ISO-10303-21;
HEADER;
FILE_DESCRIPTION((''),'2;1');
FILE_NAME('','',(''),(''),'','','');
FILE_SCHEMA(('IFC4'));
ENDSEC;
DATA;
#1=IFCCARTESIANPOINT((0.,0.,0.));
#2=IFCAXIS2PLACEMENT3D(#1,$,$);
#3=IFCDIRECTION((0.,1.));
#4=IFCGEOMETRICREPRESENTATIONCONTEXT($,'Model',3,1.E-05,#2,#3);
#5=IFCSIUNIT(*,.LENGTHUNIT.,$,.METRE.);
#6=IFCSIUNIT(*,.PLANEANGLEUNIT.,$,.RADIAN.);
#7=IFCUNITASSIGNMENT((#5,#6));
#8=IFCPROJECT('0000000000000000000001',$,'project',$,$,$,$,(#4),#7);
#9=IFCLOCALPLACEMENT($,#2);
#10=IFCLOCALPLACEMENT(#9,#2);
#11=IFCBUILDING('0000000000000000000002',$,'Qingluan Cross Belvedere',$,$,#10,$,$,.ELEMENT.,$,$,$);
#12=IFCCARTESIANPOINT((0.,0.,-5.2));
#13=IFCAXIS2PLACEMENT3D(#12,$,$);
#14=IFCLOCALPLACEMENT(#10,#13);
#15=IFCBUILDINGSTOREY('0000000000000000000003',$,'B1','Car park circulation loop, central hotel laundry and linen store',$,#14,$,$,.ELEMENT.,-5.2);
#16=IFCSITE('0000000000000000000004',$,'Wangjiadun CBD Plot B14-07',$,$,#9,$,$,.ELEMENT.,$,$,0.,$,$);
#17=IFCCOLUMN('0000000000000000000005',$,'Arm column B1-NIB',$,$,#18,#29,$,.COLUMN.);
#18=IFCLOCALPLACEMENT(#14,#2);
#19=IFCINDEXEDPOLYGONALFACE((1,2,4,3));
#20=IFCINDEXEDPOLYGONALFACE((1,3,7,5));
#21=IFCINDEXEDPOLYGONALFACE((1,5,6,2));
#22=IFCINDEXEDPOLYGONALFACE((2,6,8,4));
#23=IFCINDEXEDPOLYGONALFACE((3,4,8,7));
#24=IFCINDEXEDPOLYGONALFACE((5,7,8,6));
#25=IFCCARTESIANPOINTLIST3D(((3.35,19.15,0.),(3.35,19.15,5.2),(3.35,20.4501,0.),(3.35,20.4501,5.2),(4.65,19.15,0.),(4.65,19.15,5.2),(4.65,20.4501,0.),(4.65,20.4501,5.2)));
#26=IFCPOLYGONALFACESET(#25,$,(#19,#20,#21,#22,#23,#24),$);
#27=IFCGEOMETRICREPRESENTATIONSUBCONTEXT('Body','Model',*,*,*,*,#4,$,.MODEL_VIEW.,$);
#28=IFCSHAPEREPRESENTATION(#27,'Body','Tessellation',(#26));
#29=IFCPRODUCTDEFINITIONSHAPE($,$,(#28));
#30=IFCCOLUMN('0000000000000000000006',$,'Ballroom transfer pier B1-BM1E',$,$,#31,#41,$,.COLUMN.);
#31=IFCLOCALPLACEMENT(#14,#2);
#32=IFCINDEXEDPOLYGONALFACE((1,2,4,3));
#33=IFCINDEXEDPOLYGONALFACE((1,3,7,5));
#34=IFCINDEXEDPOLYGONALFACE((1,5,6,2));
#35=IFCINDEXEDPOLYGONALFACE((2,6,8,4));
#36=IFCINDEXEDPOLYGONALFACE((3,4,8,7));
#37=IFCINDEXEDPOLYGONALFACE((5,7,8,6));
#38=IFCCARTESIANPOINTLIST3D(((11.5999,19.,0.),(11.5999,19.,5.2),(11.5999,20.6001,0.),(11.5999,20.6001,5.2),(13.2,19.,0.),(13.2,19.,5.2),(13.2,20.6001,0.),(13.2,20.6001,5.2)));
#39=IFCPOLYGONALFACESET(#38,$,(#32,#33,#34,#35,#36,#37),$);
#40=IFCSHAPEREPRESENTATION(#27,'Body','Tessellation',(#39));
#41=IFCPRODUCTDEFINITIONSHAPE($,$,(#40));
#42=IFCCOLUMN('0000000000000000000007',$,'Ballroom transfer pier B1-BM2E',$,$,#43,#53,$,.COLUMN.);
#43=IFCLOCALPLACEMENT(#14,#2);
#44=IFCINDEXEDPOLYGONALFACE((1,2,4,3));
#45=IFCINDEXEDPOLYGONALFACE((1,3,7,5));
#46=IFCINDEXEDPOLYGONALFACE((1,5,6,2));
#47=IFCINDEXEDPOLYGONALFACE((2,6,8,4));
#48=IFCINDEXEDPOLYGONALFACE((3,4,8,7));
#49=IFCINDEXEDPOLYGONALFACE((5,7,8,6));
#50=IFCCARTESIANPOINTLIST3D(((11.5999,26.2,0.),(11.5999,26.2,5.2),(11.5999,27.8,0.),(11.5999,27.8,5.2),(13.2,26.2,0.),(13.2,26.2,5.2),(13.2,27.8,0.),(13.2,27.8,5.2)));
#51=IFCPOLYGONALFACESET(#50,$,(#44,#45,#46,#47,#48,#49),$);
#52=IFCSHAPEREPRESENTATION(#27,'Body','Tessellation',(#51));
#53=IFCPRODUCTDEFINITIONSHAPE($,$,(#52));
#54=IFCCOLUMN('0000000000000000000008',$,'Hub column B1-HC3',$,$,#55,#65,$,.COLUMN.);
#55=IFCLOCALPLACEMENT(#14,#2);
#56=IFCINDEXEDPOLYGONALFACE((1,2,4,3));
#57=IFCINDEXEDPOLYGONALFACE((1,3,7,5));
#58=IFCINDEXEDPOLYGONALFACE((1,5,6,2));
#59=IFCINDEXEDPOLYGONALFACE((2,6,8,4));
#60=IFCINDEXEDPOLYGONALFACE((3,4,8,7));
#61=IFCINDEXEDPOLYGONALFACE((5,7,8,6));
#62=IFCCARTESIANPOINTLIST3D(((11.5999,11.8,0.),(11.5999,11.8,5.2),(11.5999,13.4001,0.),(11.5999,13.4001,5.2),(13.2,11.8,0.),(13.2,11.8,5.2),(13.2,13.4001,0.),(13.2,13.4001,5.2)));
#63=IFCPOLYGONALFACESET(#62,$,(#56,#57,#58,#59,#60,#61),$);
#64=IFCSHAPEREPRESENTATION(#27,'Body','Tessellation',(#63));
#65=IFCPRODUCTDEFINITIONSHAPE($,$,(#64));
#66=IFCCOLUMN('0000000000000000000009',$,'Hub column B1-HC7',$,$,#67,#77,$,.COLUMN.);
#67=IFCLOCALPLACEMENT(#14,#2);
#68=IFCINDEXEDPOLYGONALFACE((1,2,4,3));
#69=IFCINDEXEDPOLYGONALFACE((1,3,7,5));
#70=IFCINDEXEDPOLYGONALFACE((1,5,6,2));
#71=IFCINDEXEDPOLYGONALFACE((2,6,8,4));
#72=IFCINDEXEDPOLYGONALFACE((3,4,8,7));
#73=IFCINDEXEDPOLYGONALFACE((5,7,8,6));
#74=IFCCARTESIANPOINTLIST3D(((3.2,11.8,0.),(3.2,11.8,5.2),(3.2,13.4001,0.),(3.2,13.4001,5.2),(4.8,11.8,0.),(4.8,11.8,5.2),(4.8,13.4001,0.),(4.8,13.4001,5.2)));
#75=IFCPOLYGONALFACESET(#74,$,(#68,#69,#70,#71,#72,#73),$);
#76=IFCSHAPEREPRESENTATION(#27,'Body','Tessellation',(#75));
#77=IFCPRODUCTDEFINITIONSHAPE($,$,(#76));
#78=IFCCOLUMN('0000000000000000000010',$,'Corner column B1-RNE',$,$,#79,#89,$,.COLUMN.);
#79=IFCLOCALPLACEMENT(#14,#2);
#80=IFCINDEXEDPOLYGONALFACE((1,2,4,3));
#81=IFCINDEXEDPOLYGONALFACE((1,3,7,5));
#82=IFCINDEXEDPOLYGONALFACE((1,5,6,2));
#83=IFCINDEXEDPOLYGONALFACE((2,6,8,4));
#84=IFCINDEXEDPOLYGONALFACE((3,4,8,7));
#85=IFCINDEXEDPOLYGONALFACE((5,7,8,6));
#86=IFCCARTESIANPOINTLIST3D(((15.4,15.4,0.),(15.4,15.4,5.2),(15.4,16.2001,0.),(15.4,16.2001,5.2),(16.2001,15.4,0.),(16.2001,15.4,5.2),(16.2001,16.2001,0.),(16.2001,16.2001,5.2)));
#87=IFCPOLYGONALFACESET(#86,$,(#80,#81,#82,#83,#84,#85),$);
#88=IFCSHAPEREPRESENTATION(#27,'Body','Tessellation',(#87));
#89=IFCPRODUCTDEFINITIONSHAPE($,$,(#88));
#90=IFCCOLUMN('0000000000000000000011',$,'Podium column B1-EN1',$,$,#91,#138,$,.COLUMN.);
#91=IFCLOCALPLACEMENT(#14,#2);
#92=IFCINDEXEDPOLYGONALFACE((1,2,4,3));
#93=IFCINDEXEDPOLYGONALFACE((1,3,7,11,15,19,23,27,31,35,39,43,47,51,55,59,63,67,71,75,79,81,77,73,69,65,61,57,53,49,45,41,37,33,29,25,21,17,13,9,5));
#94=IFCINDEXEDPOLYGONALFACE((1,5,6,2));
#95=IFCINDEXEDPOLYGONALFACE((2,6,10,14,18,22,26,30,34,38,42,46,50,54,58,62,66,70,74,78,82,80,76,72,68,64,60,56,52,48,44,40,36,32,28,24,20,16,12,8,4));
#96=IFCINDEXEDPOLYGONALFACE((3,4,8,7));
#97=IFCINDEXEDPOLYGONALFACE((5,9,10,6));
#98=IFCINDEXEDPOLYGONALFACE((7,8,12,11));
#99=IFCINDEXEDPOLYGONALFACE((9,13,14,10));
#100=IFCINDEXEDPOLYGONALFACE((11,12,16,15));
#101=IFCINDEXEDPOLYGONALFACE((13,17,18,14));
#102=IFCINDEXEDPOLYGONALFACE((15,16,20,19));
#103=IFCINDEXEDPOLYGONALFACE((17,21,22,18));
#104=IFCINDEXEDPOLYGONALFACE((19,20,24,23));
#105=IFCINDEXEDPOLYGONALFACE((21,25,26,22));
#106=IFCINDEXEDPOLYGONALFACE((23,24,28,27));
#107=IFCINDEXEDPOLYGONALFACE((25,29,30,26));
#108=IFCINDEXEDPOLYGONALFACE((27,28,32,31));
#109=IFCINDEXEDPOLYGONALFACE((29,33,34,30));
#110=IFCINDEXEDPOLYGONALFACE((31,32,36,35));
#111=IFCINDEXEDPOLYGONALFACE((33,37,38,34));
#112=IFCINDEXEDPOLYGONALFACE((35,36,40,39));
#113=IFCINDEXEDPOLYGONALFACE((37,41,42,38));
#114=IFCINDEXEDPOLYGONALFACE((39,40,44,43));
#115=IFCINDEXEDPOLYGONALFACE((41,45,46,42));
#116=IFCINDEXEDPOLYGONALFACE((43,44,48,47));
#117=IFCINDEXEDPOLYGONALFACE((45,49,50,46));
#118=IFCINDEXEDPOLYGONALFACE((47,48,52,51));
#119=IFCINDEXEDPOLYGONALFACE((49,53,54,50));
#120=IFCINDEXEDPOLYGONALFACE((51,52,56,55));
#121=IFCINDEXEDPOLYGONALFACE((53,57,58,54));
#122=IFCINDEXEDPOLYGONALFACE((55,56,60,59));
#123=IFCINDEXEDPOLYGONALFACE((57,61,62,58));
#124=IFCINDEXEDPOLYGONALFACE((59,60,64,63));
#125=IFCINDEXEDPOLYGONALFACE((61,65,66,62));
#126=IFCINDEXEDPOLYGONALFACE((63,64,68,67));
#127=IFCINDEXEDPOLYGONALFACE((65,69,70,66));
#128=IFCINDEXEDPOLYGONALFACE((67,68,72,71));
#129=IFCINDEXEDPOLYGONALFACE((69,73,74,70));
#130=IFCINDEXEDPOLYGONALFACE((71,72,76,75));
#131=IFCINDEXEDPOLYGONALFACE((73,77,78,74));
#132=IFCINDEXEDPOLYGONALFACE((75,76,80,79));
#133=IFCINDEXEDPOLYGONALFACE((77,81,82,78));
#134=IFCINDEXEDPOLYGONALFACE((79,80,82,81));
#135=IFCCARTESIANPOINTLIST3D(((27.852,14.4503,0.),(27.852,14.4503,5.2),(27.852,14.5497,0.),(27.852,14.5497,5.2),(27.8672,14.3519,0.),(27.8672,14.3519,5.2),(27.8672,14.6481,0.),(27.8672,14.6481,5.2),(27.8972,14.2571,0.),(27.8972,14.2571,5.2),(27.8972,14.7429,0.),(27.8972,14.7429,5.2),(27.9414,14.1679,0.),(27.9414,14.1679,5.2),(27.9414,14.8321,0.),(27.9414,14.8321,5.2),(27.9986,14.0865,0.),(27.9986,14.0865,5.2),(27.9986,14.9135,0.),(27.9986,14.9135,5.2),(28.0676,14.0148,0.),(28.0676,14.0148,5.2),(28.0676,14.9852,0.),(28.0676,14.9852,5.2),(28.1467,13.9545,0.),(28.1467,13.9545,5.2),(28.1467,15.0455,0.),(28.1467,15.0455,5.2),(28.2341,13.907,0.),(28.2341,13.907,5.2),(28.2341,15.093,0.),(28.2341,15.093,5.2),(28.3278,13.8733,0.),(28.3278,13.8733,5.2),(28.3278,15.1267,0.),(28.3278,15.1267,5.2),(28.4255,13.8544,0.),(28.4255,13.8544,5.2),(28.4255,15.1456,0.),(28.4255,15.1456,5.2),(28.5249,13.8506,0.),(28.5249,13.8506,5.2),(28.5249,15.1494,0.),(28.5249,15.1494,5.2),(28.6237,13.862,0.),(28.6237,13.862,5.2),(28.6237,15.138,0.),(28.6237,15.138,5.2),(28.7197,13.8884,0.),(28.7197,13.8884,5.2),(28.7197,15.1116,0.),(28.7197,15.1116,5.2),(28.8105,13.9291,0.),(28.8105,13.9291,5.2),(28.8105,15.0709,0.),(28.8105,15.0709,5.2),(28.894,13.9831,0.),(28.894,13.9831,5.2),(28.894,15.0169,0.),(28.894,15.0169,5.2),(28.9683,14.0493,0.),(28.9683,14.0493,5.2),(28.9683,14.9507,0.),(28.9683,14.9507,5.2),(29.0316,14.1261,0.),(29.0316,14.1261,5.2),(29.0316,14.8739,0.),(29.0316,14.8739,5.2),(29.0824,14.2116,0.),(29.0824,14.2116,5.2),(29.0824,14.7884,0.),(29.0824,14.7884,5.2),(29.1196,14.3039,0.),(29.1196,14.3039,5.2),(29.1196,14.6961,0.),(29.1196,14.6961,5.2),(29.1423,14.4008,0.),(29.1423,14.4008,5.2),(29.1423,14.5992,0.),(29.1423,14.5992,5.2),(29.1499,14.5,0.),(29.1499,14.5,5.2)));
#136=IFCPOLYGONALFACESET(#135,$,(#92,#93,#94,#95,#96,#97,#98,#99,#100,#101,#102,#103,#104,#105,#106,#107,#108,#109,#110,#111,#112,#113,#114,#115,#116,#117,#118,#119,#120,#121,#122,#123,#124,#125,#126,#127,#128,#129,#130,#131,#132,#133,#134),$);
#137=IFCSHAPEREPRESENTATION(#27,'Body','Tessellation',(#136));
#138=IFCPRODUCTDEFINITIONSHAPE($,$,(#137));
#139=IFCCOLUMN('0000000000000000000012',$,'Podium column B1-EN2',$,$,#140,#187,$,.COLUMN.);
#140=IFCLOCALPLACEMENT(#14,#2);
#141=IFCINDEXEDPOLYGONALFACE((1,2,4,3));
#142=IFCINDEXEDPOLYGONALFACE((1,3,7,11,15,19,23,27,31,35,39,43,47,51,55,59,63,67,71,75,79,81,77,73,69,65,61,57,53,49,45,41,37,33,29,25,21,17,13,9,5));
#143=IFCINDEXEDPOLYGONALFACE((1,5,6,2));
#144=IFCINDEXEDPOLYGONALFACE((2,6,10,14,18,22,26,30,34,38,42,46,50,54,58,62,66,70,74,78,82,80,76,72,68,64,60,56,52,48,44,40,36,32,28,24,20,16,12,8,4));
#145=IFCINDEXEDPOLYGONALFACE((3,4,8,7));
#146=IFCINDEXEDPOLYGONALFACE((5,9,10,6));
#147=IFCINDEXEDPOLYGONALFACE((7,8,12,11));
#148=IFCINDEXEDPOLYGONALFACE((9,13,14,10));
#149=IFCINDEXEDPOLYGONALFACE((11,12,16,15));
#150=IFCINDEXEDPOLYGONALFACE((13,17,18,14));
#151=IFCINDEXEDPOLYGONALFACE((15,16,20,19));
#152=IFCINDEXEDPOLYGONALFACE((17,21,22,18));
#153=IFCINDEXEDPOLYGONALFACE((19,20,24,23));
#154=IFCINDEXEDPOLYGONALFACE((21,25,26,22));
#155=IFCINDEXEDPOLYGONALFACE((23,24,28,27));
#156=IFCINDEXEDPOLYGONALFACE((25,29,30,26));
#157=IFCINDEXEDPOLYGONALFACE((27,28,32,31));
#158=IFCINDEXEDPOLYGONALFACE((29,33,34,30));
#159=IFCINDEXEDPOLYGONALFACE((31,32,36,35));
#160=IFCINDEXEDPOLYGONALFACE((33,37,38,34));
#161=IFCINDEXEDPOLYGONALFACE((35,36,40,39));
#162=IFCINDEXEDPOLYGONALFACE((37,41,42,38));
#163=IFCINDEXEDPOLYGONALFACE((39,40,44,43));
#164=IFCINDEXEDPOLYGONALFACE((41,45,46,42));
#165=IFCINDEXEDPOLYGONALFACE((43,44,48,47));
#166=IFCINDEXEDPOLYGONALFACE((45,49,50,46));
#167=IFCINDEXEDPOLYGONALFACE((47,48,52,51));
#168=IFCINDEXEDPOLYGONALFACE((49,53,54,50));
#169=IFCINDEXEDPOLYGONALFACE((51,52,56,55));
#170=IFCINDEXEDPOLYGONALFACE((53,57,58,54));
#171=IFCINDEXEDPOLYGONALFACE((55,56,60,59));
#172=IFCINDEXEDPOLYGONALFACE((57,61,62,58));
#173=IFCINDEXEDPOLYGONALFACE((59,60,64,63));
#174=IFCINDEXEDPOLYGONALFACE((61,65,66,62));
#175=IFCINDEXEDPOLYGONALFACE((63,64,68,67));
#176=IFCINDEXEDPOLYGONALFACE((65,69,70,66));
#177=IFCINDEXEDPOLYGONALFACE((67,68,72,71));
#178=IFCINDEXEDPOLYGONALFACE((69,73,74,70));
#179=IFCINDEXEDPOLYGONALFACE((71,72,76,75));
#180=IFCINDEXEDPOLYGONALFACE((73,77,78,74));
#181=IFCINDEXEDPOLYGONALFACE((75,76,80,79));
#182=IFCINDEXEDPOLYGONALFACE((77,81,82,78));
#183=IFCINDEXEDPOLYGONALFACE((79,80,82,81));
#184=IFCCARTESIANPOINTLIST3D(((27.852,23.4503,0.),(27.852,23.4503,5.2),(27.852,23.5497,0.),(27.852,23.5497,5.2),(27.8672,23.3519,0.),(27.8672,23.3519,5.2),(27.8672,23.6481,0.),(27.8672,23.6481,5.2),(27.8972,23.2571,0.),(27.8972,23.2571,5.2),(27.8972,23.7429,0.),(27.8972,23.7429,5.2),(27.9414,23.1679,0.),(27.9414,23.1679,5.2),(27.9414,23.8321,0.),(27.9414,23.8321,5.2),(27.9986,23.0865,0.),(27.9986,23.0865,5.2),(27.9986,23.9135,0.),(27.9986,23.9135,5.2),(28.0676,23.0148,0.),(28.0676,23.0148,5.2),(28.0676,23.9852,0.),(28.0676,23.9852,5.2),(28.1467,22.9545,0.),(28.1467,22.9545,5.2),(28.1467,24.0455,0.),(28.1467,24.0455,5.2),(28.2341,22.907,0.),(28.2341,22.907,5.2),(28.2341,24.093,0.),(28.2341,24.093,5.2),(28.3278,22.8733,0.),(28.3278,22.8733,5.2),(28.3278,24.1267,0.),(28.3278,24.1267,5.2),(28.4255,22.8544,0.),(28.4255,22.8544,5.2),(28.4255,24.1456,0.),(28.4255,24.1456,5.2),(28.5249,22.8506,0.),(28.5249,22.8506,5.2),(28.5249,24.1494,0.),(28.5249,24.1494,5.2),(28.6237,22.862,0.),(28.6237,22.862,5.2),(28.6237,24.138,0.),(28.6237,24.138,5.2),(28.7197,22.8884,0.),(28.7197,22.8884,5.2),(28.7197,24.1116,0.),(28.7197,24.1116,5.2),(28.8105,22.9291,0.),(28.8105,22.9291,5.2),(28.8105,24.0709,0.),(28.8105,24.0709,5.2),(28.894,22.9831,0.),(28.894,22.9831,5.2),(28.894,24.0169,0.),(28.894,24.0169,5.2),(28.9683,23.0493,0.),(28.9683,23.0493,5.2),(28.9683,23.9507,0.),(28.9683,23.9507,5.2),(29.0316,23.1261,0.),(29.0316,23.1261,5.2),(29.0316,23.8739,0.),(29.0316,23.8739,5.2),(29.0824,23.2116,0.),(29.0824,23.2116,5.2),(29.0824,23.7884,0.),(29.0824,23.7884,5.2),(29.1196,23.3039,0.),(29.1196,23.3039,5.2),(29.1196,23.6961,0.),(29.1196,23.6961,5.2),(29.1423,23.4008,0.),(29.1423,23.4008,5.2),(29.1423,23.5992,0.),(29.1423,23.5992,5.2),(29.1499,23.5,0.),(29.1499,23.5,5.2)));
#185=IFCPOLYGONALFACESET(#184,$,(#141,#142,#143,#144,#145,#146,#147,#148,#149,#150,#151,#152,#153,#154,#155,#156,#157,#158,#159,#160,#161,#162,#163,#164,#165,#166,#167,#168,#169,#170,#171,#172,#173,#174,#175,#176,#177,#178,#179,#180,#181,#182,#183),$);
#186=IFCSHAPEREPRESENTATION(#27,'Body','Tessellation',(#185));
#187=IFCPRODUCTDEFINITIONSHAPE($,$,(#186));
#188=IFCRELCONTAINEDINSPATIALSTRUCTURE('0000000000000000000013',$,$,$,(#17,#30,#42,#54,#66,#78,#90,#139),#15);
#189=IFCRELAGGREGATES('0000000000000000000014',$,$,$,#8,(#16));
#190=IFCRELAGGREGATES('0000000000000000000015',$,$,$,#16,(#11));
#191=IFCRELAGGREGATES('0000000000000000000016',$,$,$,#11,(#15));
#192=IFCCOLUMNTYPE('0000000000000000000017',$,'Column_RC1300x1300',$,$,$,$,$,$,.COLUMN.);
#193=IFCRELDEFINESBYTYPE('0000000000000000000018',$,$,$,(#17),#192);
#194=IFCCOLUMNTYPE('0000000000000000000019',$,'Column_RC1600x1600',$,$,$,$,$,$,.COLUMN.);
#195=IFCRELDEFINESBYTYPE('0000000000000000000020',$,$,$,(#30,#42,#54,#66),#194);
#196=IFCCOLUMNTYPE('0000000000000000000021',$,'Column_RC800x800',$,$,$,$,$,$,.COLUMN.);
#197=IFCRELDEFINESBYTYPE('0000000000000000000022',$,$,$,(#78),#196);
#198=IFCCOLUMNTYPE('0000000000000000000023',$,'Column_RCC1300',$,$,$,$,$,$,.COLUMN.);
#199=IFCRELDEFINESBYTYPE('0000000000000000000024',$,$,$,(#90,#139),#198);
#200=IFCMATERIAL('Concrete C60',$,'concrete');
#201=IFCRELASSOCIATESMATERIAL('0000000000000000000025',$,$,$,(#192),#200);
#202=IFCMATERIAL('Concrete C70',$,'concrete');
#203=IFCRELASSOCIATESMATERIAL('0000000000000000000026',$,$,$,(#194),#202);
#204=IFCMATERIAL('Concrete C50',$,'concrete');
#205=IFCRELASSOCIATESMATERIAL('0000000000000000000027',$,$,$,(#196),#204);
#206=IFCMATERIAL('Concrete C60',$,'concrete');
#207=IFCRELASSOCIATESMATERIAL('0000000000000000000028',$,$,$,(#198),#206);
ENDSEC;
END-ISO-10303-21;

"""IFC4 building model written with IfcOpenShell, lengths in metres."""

from ifc_helpers import new_model, si_unit, direction, frame, origin, origin_2d, place, context, subcontext, project, spatial, rectangle, circle, extrude, material, material_profile, profile_set, type_object, element, save


model = new_model("IFC4")

# Units and contexts
model_context = context("Model", 3, precision=1e-05, world=origin(), true_north=direction((0.0, 1.0)))
body_context = subcontext(model_context, "Body", "Model", "MODEL_VIEW")
ifc_project = project(units=[si_unit("LENGTHUNIT", "METRE"), si_unit("PLANEANGLEUNIT", "RADIAN")], contexts=[model_context])

# Site, building, storey
site_placement = place(None, origin())
site = spatial("IfcSite", under=ifc_project, at=site_placement, Name="Wangjiadun CBD Plot B14-07", CompositionType="ELEMENT", RefElevation=0.0)
building_placement = place(site_placement, origin())
building = spatial("IfcBuilding", under=site, at=building_placement, Name="Qingluan Cross Belvedere", CompositionType="ELEMENT")
storey_placement = place(building_placement, frame((0.0, 0.0, -5.2)))
storey = spatial("IfcBuildingStorey", under=building, at=storey_placement, Name="B1", Description="Car park circulation loop, central hotel laundry and linen store", CompositionType="ELEMENT", Elevation=-5.2)

# Columns
ifc_material_1 = material(Name="Concrete C60", Category="concrete")
ifc_material_profile_1 = material_profile(ifc_material_1, rectangle(XDim=1.3, YDim=1.3, at=origin_2d()), Name="RC1300x1300")
ifc_profile_set_1 = profile_set([ifc_material_profile_1], Name="Concrete C60")
column_type_1 = type_object("IfcColumnType", Name="Column_RC1300x1300", PredefinedType="COLUMN", material=ifc_profile_set_1)
column_1_placement = place(storey_placement, frame((4.0, 19.8, 0.0), z_axis=(0.0, 0.0, 1.0), x_axis=(1.0, 0.0, 0.0)))
element("IfcColumn", 1, at=column_1_placement, inside=storey, type_object=column_type_1, Name="Arm column B1-NIB", PredefinedType="COLUMN", context=body_context, shape_type="SweptSolid", body=[
    extrude(rectangle(XDim=1.3, YDim=1.3, at=origin_2d()), origin(), (0.0, 0.0, 1.0), 5.2),
])
ifc_material_2 = material(Name="Concrete C70", Category="concrete")
ifc_material_profile_2 = material_profile(ifc_material_2, rectangle(XDim=1.6001, YDim=1.6001, at=origin_2d()), Name="RC1600x1600")
ifc_profile_set_2 = profile_set([ifc_material_profile_2], Name="Concrete C70")
column_type_2 = type_object("IfcColumnType", Name="Column_RC1600x1600", PredefinedType="COLUMN", material=ifc_profile_set_2)
for number, where, z_axis, x_axis, name in (
    (2, (12.3999, 19.8, 0.0), (0.0, 0.0, 1.0), (1.0, 0.0, 0.0), "Ballroom transfer pier B1-BM1E"),
    (3, (12.3999, 27.0, 0.0), (0.0, 0.0, 1.0), (1.0, 0.0, 0.0), "Ballroom transfer pier B1-BM2E"),
    (4, (12.3999, 12.6001, 0.0), (0.0, 0.0, 1.0), (1.0, 0.0, 0.0), "Hub column B1-HC3"),
    (5, (4.0, 12.6001, 0.0), (0.0, 0.0, 1.0), (1.0, 0.0, 0.0), "Hub column B1-HC7"),
):
    element("IfcColumn", number, at=place(storey_placement, frame(where, z_axis=z_axis, x_axis=x_axis)), inside=storey, type_object=column_type_2, Name=name, PredefinedType="COLUMN", context=body_context, shape_type="SweptSolid", body=[
        extrude(rectangle(XDim=1.6001, YDim=1.6001, at=origin_2d()), origin(), (0.0, 0.0, 1.0), 5.2),
    ])
ifc_material_3 = material(Name="Concrete C50", Category="concrete")
ifc_material_profile_3 = material_profile(ifc_material_3, rectangle(XDim=0.8, YDim=0.8, at=origin_2d()), Name="RC800x800")
ifc_profile_set_3 = profile_set([ifc_material_profile_3], Name="Concrete C50")
column_type_3 = type_object("IfcColumnType", Name="Column_RC800x800", PredefinedType="COLUMN", material=ifc_profile_set_3)
column_2_placement = place(storey_placement, frame((15.8, 15.8, 0.0), z_axis=(0.0, 0.0, 1.0), x_axis=(1.0, 0.0, 0.0)))
element("IfcColumn", 6, at=column_2_placement, inside=storey, type_object=column_type_3, Name="Corner column B1-RNE", PredefinedType="COLUMN", context=body_context, shape_type="SweptSolid", body=[
    extrude(rectangle(XDim=0.8, YDim=0.8, at=origin_2d()), origin(), (0.0, 0.0, 1.0), 5.2),
])
ifc_material_4 = material(Name="Concrete C60", Category="concrete")
ifc_material_profile_4 = material_profile(ifc_material_4, circle(Radius=0.6499, at=origin_2d()), Name="RCC1300")
ifc_profile_set_4 = profile_set([ifc_material_profile_4], Name="Concrete C60")
column_type_4 = type_object("IfcColumnType", Name="Column_RCC1300", PredefinedType="COLUMN", material=ifc_profile_set_4)
for number, where, z_axis, x_axis, name in (
    (7, (28.5, 14.5, 0.0), (0.0, 0.0, 1.0), (1.0, 0.0, 0.0), "Podium column B1-EN1"),
    (8, (28.5, 23.5, 0.0), (0.0, 0.0, 1.0), (1.0, 0.0, 0.0), "Podium column B1-EN2"),
):
    element("IfcColumn", number, at=place(storey_placement, frame(where, z_axis=z_axis, x_axis=x_axis)), inside=storey, type_object=column_type_4, Name=name, PredefinedType="COLUMN", context=body_context, shape_type="SweptSolid", body=[
        extrude(circle(Radius=0.6499, at=origin_2d()), origin(), (0.0, 0.0, 1.0), 5.2),
    ])

save(model, "model.ifc")
